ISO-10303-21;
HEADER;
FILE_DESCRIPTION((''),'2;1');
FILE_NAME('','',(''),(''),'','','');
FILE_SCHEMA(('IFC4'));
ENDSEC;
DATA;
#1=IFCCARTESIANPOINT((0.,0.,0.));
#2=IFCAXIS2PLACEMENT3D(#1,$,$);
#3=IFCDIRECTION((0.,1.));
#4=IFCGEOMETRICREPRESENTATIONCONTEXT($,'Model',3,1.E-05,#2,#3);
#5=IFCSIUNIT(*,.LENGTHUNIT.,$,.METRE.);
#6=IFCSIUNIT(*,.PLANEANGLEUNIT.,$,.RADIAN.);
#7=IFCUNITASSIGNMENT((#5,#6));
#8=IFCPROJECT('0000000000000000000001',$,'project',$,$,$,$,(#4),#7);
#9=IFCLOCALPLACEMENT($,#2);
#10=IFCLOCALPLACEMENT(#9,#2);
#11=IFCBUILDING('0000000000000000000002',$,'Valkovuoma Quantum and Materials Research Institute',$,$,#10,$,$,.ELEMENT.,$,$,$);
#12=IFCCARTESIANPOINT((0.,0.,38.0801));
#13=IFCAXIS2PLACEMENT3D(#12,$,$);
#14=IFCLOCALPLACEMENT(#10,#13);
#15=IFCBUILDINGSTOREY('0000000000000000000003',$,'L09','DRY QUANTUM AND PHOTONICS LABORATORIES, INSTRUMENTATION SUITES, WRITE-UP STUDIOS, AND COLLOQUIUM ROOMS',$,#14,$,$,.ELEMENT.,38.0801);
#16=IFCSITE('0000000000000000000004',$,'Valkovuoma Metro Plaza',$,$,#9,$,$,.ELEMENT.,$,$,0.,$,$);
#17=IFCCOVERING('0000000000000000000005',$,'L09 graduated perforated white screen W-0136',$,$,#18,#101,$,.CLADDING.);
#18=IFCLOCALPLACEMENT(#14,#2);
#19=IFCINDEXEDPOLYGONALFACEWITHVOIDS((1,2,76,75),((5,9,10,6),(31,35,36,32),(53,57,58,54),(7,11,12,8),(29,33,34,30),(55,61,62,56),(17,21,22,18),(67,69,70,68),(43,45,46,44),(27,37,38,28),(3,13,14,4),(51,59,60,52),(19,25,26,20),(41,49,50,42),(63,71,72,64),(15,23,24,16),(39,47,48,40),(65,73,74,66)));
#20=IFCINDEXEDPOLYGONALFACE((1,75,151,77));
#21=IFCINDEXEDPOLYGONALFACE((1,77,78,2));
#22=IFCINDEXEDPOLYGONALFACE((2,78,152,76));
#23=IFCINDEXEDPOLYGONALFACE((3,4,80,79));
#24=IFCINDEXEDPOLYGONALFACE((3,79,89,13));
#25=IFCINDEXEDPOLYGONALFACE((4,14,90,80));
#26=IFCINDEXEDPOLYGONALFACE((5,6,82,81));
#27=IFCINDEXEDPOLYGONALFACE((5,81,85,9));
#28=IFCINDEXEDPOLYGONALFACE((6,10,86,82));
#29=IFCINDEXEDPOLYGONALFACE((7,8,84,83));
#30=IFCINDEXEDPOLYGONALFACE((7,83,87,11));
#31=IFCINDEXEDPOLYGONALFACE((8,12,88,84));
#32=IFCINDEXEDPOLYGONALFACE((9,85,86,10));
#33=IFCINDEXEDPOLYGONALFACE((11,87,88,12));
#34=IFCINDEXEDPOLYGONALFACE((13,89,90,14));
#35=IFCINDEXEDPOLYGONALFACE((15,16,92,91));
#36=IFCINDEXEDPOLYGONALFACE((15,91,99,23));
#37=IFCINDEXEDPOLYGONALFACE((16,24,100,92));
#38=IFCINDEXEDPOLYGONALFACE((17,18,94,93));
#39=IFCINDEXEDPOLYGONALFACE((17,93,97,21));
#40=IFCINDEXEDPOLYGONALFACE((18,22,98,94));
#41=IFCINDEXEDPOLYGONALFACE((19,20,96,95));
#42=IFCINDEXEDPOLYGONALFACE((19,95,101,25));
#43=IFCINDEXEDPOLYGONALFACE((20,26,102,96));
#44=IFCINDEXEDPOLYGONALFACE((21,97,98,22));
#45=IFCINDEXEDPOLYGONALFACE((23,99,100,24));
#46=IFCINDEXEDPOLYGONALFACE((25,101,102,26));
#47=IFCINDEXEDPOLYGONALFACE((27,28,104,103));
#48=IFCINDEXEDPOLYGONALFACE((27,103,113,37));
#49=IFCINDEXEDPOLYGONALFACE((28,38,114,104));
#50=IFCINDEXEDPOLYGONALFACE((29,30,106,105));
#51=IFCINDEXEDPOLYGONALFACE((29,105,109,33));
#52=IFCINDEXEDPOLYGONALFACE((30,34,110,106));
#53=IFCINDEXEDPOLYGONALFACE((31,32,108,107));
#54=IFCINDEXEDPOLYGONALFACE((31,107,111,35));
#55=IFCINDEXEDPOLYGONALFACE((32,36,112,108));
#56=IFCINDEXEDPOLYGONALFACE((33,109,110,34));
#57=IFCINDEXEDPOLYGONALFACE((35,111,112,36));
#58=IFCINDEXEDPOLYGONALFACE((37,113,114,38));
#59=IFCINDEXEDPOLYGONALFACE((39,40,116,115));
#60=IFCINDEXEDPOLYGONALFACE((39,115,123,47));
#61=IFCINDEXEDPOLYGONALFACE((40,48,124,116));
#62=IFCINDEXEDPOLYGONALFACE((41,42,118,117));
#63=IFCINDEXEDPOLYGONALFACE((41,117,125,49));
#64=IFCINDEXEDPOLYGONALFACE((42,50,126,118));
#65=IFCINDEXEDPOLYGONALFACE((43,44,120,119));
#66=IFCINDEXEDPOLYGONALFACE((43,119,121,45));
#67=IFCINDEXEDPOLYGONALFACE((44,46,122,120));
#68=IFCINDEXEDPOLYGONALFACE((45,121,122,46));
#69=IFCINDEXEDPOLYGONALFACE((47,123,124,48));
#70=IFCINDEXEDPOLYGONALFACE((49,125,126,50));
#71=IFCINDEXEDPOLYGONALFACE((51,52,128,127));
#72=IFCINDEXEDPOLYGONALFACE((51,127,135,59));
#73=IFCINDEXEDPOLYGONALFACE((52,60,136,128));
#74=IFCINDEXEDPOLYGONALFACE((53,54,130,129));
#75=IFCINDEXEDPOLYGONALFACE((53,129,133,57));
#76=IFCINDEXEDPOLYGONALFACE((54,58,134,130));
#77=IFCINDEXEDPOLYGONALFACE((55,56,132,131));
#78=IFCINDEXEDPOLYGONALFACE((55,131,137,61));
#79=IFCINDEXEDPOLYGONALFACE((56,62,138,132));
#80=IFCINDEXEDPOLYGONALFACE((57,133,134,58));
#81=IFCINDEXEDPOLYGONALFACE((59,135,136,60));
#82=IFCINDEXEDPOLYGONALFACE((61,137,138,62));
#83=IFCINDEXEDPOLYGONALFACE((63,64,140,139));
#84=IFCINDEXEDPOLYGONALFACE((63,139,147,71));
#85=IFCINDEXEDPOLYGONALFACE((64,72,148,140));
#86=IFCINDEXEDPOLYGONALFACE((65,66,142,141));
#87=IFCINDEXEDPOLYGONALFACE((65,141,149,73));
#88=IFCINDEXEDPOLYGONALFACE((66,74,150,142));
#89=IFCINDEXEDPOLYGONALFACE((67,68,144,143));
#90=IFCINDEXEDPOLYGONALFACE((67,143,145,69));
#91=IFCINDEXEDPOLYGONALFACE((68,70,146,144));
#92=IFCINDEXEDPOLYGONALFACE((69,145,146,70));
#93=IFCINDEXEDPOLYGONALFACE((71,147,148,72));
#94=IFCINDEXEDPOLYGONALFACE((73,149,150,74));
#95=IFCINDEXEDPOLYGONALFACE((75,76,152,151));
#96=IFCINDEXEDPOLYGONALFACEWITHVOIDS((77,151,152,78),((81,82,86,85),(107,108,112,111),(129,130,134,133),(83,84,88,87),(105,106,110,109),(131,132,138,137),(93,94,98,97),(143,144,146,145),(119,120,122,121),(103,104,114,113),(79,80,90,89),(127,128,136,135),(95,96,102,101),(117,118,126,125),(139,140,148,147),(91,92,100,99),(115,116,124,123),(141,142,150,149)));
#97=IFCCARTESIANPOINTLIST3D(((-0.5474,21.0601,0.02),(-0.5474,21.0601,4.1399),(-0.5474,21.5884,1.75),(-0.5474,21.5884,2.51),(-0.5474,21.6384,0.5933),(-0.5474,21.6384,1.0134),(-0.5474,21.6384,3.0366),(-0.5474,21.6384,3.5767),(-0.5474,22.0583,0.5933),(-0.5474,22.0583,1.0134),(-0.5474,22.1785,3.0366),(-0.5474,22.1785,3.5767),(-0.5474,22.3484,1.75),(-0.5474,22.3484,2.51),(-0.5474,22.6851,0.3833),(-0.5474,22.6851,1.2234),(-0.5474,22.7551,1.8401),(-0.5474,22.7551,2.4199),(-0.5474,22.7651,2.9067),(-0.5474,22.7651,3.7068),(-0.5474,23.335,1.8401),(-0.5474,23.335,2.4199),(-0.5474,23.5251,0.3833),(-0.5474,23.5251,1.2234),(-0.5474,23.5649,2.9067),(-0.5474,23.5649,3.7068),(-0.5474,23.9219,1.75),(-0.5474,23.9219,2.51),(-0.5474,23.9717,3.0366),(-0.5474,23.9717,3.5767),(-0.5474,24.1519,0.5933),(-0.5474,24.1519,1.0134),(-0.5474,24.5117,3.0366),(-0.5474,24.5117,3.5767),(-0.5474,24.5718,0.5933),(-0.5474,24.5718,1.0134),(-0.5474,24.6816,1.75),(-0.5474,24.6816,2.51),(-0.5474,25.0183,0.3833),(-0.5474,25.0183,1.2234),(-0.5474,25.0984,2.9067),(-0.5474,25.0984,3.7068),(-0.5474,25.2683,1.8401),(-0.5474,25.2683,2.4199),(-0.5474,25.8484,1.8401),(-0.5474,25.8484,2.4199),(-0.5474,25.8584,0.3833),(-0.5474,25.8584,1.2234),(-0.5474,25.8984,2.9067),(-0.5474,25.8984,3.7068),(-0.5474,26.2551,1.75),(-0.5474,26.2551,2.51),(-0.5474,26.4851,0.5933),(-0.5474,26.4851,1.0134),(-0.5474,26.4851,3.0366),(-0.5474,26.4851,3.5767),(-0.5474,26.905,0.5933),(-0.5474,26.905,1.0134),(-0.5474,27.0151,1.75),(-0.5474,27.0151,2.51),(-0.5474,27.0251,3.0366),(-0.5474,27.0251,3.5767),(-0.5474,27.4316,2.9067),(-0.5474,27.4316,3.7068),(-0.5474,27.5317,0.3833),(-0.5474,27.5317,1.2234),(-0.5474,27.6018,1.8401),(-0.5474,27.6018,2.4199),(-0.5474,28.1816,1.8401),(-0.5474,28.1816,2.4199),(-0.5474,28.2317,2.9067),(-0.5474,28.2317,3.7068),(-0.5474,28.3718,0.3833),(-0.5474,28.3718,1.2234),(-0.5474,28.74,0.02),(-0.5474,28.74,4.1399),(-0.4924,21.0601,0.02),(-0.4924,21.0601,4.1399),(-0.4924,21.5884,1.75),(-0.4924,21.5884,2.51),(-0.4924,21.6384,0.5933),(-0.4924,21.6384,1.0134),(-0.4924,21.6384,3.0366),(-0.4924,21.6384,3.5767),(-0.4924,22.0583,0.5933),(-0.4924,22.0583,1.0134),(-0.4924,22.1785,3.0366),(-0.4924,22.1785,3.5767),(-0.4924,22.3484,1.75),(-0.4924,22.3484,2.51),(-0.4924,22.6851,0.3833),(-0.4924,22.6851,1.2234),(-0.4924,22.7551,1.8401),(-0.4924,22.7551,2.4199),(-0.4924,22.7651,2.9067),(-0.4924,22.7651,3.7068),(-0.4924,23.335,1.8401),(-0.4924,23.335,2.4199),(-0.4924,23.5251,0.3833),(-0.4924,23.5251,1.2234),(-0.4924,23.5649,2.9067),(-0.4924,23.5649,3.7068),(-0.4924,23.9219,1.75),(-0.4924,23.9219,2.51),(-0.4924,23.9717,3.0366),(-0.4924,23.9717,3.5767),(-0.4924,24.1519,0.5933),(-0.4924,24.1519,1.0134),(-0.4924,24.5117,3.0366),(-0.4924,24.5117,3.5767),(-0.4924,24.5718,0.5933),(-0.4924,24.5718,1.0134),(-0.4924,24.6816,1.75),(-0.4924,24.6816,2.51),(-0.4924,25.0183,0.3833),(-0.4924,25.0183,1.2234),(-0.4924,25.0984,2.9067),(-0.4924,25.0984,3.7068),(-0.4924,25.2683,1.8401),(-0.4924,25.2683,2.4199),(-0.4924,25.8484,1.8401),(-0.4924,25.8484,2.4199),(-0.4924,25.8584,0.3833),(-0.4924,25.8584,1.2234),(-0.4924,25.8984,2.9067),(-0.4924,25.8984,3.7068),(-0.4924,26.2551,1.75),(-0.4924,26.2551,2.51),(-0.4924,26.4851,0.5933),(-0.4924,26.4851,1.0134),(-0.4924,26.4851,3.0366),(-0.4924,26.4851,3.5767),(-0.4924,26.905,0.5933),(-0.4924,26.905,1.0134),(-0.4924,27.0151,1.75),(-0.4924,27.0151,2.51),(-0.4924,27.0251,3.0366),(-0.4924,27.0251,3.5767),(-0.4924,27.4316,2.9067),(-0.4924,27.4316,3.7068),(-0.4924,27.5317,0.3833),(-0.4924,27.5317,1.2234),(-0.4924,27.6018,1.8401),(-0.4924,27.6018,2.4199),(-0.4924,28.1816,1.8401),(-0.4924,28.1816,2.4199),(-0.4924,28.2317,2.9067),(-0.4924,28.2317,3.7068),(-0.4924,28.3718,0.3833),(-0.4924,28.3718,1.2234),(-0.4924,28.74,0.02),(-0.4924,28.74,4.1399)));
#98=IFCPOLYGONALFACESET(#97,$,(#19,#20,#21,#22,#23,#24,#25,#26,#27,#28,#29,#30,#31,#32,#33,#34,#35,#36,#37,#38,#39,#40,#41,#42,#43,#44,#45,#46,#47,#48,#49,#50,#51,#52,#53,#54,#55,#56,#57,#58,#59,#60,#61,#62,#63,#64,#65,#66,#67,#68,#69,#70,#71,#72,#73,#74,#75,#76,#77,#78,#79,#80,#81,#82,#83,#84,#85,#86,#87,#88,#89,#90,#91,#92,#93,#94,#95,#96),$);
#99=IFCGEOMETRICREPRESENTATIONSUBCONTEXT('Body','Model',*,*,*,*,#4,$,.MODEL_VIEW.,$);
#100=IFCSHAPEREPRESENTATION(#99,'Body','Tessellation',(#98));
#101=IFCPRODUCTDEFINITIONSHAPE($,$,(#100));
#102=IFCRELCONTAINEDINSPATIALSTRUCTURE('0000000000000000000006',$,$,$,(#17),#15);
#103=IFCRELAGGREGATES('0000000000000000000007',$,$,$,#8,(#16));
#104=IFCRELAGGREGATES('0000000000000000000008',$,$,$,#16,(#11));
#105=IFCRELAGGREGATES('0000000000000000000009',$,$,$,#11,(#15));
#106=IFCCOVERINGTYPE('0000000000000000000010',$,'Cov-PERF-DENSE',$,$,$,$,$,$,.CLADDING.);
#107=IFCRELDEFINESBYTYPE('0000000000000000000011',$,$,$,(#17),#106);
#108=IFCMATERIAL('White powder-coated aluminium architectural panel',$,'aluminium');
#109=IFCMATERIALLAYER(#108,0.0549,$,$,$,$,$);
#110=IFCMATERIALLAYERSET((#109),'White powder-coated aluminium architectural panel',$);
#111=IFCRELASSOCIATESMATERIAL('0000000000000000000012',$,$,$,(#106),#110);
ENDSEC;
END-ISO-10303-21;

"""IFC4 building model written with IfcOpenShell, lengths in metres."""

from ifc_helpers import new_model, si_unit, direction, frame, origin, place, context, subcontext, project, spatial, polyline, outline, extrude, material, layer, layer_set, type_object, element, save


model = new_model("IFC4")

# Units and contexts
model_context = context("Model", 3, precision=1e-05, world=origin(), true_north=direction((0.0, 1.0)))
body_context = subcontext(model_context, "Body", "Model", "MODEL_VIEW")
ifc_project = project(units=[si_unit("LENGTHUNIT", "METRE"), si_unit("PLANEANGLEUNIT", "RADIAN")], contexts=[model_context])

# Site, building, storey
site_placement = place(None, origin())
site = spatial("IfcSite", under=ifc_project, at=site_placement, Name="Valkovuoma Metro Plaza", CompositionType="ELEMENT", RefElevation=0.0)
building_placement = place(site_placement, origin())
building = spatial("IfcBuilding", under=site, at=building_placement, Name="Valkovuoma Quantum and Materials Research Institute", CompositionType="ELEMENT")
storey_placement = place(building_placement, frame((0.0, 0.0, 38.0801)))
storey = spatial("IfcBuildingStorey", under=building, at=storey_placement, Name="L09", Description="DRY QUANTUM AND PHOTONICS LABORATORIES, INSTRUMENTATION SUITES, WRITE-UP STUDIOS, AND COLLOQUIUM ROOMS", CompositionType="ELEMENT", Elevation=38.0801)

# Covering
ifc_material_1 = material(Name="White powder-coated aluminium architectural panel", Category="aluminium")
ifc_layer_1 = layer(ifc_material_1, 0.0549)
ifc_layer_set_1 = layer_set([ifc_layer_1], Name="White powder-coated aluminium architectural panel")
covering_type_1 = type_object("IfcCoveringType", Name="Cov-PERF-DENSE", PredefinedType="CLADDING", material=ifc_layer_set_1)
covering_1_placement = place(storey_placement, frame((-0.52, 21.0601, 0.02), z_axis=(0.0, 0.0, 1.0), x_axis=(0.0, 1.0, 0.0)))
element("IfcCovering", 1, at=covering_1_placement, inside=storey, type_object=covering_type_1, Name="L09 graduated perforated white screen W-0136", PredefinedType="CLADDING", context=body_context, shape_type="SweptSolid", body=[
    extrude(outline(polyline([(0.0, 0.0), (7.6799, 0.0), (7.6799, 4.1199), (0.0, 4.1199), (0.0, 0.0)]), holes=[polyline([(0.5784, 0.5732), (0.5784, 0.9934), (0.9983, 0.9934), (0.9983, 0.5732), (0.5784, 0.5732)]), polyline([(0.5283, 1.73), (0.5283, 2.49), (1.2883, 2.49), (1.2883, 1.73), (0.5283, 1.73)]), polyline([(0.5784, 3.0166), (0.5784, 3.5566), (1.1184, 3.5566), (1.1184, 3.0166), (0.5784, 3.0166)]), polyline([(1.625, 0.3633), (1.625, 1.2034), (2.4651, 1.2034), (2.4651, 0.3633), (1.625, 0.3633)]), polyline([(1.6951, 1.8201), (1.6951, 2.3999), (2.2749, 2.3999), (2.2749, 1.8201), (1.6951, 1.8201)]), polyline([(1.7051, 2.8867), (1.7051, 3.6868), (2.5049, 3.6868), (2.5049, 2.8867), (1.7051, 2.8867)]), polyline([(3.0918, 0.5732), (3.0918, 0.9934), (3.5117, 0.9934), (3.5117, 0.5732), (3.0918, 0.5732)]), polyline([(2.8618, 1.73), (2.8618, 2.49), (3.6216, 2.49), (3.6216, 1.73), (2.8618, 1.73)]), polyline([(2.9116, 3.0166), (2.9116, 3.5566), (3.4517, 3.5566), (3.4517, 3.0166), (2.9116, 3.0166)]), polyline([(3.9583, 0.3633), (3.9583, 1.2034), (4.7983, 1.2034), (4.7983, 0.3633), (3.9583, 0.3633)]), polyline([(4.2083, 1.8201), (4.2083, 2.3999), (4.7883, 2.3999), (4.7883, 1.8201), (4.2083, 1.8201)]), polyline([(4.0383, 2.8867), (4.0383, 3.6868), (4.8384, 3.6868), (4.8384, 2.8867), (4.0383, 2.8867)]), polyline([(5.425, 0.5732), (5.425, 0.9934), (5.845, 0.9934), (5.845, 0.5732), (5.425, 0.5732)]), polyline([(5.1951, 1.73), (5.1951, 2.49), (5.9551, 2.49), (5.9551, 1.73), (5.1951, 1.73)]), polyline([(5.425, 3.0166), (5.425, 3.5566), (5.9651, 3.5566), (5.9651, 3.0166), (5.425, 3.0166)]), polyline([(6.4717, 0.3633), (6.4717, 1.2034), (7.3118, 1.2034), (7.3118, 0.3633), (6.4717, 0.3633)]), polyline([(6.5417, 1.8201), (6.5417, 2.3999), (7.1216, 2.3999), (7.1216, 1.8201), (6.5417, 1.8201)]), polyline([(6.3716, 2.8867), (6.3716, 3.6868), (7.1716, 3.6868), (7.1716, 2.8867), (6.3716, 2.8867)])]), frame((0.0, 0.0273, 0.0), z_axis=(0.0, -1.0, 0.0), x_axis=(1.0, 0.0, 0.0)), (0.0, 0.0, 1.0), 0.0549),
])

save(model, "model.ifc")
